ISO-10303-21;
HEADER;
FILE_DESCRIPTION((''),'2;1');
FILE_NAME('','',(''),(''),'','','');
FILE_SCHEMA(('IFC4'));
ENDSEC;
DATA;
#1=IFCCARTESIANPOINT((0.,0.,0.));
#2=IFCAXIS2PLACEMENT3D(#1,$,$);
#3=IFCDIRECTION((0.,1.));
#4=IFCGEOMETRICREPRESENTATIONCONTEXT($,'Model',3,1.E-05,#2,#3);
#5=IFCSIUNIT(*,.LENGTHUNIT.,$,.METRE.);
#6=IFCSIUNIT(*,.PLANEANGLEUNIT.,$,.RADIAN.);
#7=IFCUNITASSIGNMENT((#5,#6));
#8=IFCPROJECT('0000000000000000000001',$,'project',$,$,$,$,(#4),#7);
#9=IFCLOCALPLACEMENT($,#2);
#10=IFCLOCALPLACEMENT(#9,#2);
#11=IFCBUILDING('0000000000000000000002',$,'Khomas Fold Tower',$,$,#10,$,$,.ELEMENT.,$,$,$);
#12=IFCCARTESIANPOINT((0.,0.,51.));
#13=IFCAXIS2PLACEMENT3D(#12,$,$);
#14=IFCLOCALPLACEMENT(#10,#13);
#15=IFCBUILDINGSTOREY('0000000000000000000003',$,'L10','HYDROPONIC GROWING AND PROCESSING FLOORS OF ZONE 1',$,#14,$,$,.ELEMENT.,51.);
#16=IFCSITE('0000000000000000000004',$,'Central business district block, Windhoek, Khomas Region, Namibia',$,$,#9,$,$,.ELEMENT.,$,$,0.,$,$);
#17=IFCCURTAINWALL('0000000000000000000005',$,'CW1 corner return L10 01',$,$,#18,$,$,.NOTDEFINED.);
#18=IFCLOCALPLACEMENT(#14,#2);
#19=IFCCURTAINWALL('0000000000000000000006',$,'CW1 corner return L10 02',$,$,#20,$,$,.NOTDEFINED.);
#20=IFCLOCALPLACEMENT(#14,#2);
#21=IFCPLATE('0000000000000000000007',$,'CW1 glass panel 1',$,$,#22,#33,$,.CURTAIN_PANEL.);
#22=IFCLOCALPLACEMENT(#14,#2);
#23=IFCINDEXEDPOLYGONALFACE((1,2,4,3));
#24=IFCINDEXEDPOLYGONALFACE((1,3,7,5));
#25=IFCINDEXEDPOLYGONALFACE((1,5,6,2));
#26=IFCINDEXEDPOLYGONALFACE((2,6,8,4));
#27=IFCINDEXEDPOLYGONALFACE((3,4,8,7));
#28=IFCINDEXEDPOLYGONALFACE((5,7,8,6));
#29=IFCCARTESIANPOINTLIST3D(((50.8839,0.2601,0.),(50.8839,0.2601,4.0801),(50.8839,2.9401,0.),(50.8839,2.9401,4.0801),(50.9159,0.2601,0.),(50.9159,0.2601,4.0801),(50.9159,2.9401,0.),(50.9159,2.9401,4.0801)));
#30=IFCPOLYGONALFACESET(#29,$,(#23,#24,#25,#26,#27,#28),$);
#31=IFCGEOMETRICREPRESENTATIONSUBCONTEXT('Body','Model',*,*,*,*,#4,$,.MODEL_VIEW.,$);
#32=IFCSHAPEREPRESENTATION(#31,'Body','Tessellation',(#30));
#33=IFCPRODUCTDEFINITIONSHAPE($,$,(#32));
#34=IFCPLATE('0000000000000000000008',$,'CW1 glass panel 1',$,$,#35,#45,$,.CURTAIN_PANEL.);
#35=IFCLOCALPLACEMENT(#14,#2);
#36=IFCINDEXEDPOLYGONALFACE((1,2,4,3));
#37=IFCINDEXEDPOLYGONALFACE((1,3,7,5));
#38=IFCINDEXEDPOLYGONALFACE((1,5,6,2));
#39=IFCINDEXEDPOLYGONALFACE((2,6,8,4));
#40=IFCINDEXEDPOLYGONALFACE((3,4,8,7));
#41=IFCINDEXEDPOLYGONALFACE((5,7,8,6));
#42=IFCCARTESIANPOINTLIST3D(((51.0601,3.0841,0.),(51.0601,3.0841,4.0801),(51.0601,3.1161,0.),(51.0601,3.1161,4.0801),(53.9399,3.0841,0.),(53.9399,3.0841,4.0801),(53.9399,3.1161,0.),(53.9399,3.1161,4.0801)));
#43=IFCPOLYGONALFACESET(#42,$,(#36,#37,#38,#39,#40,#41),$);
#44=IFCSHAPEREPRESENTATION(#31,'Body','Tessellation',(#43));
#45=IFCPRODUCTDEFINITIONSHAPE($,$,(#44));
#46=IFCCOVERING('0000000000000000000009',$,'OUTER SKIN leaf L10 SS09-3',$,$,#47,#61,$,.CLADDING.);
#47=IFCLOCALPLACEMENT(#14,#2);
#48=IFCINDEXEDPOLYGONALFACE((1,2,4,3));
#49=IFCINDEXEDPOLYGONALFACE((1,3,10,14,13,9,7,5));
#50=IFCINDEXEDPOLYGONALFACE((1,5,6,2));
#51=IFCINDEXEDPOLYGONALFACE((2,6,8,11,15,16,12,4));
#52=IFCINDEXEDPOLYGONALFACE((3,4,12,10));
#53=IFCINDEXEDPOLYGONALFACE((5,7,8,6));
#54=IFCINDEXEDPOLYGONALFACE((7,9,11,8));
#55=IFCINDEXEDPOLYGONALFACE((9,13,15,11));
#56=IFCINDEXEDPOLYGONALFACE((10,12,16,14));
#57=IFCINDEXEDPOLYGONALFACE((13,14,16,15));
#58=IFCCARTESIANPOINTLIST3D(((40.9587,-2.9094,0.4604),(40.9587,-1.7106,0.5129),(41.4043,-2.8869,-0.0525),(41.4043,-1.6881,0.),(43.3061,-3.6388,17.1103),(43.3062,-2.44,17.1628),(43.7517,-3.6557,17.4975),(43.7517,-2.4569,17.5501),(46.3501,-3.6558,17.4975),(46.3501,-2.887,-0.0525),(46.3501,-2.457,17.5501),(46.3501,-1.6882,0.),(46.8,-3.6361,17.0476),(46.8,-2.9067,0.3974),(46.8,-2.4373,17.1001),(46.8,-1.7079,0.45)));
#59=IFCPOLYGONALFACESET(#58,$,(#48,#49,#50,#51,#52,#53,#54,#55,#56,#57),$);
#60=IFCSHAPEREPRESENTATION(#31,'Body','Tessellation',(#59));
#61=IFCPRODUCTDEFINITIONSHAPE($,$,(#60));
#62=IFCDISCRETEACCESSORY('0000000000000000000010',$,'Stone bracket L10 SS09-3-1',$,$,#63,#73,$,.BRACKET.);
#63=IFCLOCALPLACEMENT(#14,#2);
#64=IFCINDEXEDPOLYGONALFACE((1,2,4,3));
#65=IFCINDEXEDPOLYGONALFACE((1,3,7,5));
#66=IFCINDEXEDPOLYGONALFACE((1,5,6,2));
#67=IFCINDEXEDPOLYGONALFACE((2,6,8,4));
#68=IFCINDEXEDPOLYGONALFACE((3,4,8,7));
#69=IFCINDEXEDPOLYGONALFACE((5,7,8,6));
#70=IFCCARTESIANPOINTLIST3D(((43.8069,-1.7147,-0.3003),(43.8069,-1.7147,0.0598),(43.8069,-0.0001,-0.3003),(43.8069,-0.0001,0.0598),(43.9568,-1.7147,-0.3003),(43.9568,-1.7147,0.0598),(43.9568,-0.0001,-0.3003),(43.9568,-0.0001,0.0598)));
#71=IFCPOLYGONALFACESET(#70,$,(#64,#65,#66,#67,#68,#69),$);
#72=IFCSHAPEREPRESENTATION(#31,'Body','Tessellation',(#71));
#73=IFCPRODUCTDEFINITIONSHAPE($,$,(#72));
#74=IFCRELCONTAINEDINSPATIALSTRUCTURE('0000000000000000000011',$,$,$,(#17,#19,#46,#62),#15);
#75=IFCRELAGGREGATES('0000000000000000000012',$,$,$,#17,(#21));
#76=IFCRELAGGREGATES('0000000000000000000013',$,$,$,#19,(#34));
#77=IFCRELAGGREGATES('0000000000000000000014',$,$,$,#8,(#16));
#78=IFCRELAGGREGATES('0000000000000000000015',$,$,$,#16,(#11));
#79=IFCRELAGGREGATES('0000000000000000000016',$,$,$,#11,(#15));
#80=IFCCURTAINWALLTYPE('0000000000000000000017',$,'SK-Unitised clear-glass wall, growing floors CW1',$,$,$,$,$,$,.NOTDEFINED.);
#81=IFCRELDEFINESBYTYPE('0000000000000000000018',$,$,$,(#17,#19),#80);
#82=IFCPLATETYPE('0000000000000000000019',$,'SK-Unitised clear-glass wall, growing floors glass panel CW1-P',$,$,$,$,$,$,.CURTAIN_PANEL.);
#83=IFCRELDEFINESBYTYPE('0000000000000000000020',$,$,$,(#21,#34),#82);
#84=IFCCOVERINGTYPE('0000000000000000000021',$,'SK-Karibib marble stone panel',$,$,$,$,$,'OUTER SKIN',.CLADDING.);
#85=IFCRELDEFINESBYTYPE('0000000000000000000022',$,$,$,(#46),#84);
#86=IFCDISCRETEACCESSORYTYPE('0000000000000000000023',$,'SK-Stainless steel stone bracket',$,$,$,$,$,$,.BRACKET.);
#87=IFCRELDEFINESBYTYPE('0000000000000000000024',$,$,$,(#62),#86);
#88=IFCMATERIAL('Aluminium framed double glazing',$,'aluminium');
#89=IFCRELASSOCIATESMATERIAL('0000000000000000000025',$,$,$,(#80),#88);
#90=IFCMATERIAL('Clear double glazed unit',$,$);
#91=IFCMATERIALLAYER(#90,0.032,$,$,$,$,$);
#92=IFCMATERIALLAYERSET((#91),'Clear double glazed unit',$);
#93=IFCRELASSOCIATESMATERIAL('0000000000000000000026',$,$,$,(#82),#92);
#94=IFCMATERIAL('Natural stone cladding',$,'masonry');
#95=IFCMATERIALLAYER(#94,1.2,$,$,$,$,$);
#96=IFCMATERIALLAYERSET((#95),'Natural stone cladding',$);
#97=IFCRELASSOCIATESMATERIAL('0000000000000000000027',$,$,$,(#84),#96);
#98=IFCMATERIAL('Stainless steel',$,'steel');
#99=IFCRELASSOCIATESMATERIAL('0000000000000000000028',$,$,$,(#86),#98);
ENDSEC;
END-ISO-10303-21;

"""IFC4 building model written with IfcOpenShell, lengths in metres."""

from ifc_helpers import new_model, si_unit, direction, frame, origin, origin_2d, place, context, subcontext, project, spatial, polyline, rectangle, outline, extrude, source, transform, mapped, material, layer, layer_set, type_object, element, aggregate, save


model = new_model("IFC4")

# Units and contexts
model_context = context("Model", 3, precision=1e-05, world=origin(), true_north=direction((0.0, 1.0)))
body_context = subcontext(model_context, "Body", "Model", "MODEL_VIEW")
ifc_project = project(units=[si_unit("LENGTHUNIT", "METRE"), si_unit("PLANEANGLEUNIT", "RADIAN")], contexts=[model_context])

# Site, building, storey
site_placement = place(None, origin())
site = spatial("IfcSite", under=ifc_project, at=site_placement, Name="Central business district block, Windhoek, Khomas Region, Namibia", CompositionType="ELEMENT", RefElevation=0.0)
building_placement = place(site_placement, origin())
building = spatial("IfcBuilding", under=site, at=building_placement, Name="Khomas Fold Tower", CompositionType="ELEMENT")
storey_placement = place(building_placement, frame((0.0, 0.0, 51.0)))
storey = spatial("IfcBuildingStorey", under=building, at=storey_placement, Name="L10", Description="HYDROPONIC GROWING AND PROCESSING FLOORS OF ZONE 1", CompositionType="ELEMENT", Elevation=51.0)

# Shared definitions
ifc_material_1 = material(Name="Aluminium framed double glazing", Category="aluminium")
curtain_wall_type = type_object("IfcCurtainWallType", Name="SK-Unitised clear-glass wall, growing floors CW1", PredefinedType="NOTDEFINED", material=ifc_material_1)

# Curtain walls
curtain_wall_1_placement = place(storey_placement, origin())
curtain_wall_1 = element("IfcCurtainWall", 1, at=curtain_wall_1_placement, inside=storey, type_object=curtain_wall_type, Name="CW1 corner return L10 01", PredefinedType="NOTDEFINED")
curtain_wall_2_placement = place(storey_placement, origin())
curtain_wall_2 = element("IfcCurtainWall", 2, at=curtain_wall_2_placement, inside=storey, type_object=curtain_wall_type, Name="CW1 corner return L10 02", PredefinedType="NOTDEFINED")

# Plates
ifc_material_2 = material(Name="Clear double glazed unit")
ifc_layer_1 = layer(ifc_material_2, 0.032)
ifc_layer_set_1 = layer_set([ifc_layer_1], Name="Clear double glazed unit")
plate_type = type_object("IfcPlateType", Name="SK-Unitised clear-glass wall, growing floors glass panel CW1-P", PredefinedType="CURTAIN_PANEL", material=ifc_layer_set_1)
shared_shape_1 = source(origin(), body_context, "Body", "SweptSolid", [
    extrude(rectangle(XDim=2.6799, YDim=0.032, at=origin_2d()), origin(), (0.0, 0.0, 1.0), 4.0801),
])
plate_1_placement = place(storey_placement, frame((50.8999, 1.6001, 0.0), z_axis=(0.0, 0.0, 1.0), x_axis=(0.0, 1.0, 0.0)))
plate_1 = element("IfcPlate", 3, at=plate_1_placement, type_object=plate_type, Name="CW1 glass panel 1", PredefinedType="CURTAIN_PANEL", context=body_context, shape_type="MappedRepresentation", body=[
    mapped(shared_shape_1, transform((0.0, 0.0, 0.0))),
])
aggregate(curtain_wall_1, [plate_1])
shared_shape_2 = source(origin(), body_context, "Body", "SweptSolid", [
    extrude(rectangle(XDim=2.8799, YDim=0.032, at=origin_2d()), origin(), (0.0, 0.0, 1.0), 4.0801),
])
plate_2_placement = place(storey_placement, frame((52.5, 3.1001, 0.0), z_axis=(0.0, 0.0, 1.0), x_axis=(1.0, 0.0, 0.0)))
plate_2 = element("IfcPlate", 4, at=plate_2_placement, type_object=plate_type, Name="CW1 glass panel 1", PredefinedType="CURTAIN_PANEL", context=body_context, shape_type="MappedRepresentation", body=[
    mapped(shared_shape_2, transform((0.0, 0.0, 0.0))),
])
aggregate(curtain_wall_2, [plate_2])

# Covering
ifc_material_3 = material(Name="Natural stone cladding", Category="masonry")
ifc_layer_2 = layer(ifc_material_3, 1.2)
ifc_layer_set_2 = layer_set([ifc_layer_2], Name="Natural stone cladding")
covering_type = type_object("IfcCoveringType", Name="SK-Karibib marble stone panel", ElementType="OUTER SKIN", PredefinedType="CLADDING", material=ifc_layer_set_2)
covering_placement = place(storey_placement, frame((46.8, -2.4373, 17.1001), z_axis=(0.000014, 0.999042, 0.043761), x_axis=(0.0, 0.043761, -0.999042)))
element("IfcCovering", 5, at=covering_placement, inside=storey, type_object=covering_type, Name="OUTER SKIN leaf L10 SS09-3", PredefinedType="CLADDING", context=body_context, shape_type="SweptSolid", body=[
    extrude(outline(polyline([(0.0, 0.0), (16.6661, 0.0), (17.1165, 0.45), (17.1165, 5.3958), (16.6031, 5.8413), (-0.0628, 3.4939), (-0.4504, 3.0483), (-0.4504, 0.45), (0.0, 0.0)])), origin(), (0.0, 0.0, -1.0), 1.2),
])

# Discrete accessory
ifc_material_4 = material(Name="Stainless steel", Category="steel")
discrete_accessory_type = type_object("IfcDiscreteAccessoryType", Name="SK-Stainless steel stone bracket", PredefinedType="BRACKET", material=ifc_material_4)
shared_shape_3 = source(origin(), body_context, "Body", "SweptSolid", [
    extrude(rectangle(XDim=1.7146, YDim=0.1499, at=origin_2d()), origin(), (0.0, 0.0, 1.0), 0.3601),
])
discrete_accessory_placement = place(storey_placement, frame((43.8818, -0.8574, -0.3003), z_axis=(0.0, 0.0, 1.0), x_axis=(0.0, -1.0, 0.0)))
element("IfcDiscreteAccessory", 6, at=discrete_accessory_placement, inside=storey, type_object=discrete_accessory_type, Name="Stone bracket L10 SS09-3-1", PredefinedType="BRACKET", context=body_context, shape_type="MappedRepresentation", body=[
    mapped(shared_shape_3, transform((0.0, 0.0, 0.0))),
])

save(model, "model.ifc")
